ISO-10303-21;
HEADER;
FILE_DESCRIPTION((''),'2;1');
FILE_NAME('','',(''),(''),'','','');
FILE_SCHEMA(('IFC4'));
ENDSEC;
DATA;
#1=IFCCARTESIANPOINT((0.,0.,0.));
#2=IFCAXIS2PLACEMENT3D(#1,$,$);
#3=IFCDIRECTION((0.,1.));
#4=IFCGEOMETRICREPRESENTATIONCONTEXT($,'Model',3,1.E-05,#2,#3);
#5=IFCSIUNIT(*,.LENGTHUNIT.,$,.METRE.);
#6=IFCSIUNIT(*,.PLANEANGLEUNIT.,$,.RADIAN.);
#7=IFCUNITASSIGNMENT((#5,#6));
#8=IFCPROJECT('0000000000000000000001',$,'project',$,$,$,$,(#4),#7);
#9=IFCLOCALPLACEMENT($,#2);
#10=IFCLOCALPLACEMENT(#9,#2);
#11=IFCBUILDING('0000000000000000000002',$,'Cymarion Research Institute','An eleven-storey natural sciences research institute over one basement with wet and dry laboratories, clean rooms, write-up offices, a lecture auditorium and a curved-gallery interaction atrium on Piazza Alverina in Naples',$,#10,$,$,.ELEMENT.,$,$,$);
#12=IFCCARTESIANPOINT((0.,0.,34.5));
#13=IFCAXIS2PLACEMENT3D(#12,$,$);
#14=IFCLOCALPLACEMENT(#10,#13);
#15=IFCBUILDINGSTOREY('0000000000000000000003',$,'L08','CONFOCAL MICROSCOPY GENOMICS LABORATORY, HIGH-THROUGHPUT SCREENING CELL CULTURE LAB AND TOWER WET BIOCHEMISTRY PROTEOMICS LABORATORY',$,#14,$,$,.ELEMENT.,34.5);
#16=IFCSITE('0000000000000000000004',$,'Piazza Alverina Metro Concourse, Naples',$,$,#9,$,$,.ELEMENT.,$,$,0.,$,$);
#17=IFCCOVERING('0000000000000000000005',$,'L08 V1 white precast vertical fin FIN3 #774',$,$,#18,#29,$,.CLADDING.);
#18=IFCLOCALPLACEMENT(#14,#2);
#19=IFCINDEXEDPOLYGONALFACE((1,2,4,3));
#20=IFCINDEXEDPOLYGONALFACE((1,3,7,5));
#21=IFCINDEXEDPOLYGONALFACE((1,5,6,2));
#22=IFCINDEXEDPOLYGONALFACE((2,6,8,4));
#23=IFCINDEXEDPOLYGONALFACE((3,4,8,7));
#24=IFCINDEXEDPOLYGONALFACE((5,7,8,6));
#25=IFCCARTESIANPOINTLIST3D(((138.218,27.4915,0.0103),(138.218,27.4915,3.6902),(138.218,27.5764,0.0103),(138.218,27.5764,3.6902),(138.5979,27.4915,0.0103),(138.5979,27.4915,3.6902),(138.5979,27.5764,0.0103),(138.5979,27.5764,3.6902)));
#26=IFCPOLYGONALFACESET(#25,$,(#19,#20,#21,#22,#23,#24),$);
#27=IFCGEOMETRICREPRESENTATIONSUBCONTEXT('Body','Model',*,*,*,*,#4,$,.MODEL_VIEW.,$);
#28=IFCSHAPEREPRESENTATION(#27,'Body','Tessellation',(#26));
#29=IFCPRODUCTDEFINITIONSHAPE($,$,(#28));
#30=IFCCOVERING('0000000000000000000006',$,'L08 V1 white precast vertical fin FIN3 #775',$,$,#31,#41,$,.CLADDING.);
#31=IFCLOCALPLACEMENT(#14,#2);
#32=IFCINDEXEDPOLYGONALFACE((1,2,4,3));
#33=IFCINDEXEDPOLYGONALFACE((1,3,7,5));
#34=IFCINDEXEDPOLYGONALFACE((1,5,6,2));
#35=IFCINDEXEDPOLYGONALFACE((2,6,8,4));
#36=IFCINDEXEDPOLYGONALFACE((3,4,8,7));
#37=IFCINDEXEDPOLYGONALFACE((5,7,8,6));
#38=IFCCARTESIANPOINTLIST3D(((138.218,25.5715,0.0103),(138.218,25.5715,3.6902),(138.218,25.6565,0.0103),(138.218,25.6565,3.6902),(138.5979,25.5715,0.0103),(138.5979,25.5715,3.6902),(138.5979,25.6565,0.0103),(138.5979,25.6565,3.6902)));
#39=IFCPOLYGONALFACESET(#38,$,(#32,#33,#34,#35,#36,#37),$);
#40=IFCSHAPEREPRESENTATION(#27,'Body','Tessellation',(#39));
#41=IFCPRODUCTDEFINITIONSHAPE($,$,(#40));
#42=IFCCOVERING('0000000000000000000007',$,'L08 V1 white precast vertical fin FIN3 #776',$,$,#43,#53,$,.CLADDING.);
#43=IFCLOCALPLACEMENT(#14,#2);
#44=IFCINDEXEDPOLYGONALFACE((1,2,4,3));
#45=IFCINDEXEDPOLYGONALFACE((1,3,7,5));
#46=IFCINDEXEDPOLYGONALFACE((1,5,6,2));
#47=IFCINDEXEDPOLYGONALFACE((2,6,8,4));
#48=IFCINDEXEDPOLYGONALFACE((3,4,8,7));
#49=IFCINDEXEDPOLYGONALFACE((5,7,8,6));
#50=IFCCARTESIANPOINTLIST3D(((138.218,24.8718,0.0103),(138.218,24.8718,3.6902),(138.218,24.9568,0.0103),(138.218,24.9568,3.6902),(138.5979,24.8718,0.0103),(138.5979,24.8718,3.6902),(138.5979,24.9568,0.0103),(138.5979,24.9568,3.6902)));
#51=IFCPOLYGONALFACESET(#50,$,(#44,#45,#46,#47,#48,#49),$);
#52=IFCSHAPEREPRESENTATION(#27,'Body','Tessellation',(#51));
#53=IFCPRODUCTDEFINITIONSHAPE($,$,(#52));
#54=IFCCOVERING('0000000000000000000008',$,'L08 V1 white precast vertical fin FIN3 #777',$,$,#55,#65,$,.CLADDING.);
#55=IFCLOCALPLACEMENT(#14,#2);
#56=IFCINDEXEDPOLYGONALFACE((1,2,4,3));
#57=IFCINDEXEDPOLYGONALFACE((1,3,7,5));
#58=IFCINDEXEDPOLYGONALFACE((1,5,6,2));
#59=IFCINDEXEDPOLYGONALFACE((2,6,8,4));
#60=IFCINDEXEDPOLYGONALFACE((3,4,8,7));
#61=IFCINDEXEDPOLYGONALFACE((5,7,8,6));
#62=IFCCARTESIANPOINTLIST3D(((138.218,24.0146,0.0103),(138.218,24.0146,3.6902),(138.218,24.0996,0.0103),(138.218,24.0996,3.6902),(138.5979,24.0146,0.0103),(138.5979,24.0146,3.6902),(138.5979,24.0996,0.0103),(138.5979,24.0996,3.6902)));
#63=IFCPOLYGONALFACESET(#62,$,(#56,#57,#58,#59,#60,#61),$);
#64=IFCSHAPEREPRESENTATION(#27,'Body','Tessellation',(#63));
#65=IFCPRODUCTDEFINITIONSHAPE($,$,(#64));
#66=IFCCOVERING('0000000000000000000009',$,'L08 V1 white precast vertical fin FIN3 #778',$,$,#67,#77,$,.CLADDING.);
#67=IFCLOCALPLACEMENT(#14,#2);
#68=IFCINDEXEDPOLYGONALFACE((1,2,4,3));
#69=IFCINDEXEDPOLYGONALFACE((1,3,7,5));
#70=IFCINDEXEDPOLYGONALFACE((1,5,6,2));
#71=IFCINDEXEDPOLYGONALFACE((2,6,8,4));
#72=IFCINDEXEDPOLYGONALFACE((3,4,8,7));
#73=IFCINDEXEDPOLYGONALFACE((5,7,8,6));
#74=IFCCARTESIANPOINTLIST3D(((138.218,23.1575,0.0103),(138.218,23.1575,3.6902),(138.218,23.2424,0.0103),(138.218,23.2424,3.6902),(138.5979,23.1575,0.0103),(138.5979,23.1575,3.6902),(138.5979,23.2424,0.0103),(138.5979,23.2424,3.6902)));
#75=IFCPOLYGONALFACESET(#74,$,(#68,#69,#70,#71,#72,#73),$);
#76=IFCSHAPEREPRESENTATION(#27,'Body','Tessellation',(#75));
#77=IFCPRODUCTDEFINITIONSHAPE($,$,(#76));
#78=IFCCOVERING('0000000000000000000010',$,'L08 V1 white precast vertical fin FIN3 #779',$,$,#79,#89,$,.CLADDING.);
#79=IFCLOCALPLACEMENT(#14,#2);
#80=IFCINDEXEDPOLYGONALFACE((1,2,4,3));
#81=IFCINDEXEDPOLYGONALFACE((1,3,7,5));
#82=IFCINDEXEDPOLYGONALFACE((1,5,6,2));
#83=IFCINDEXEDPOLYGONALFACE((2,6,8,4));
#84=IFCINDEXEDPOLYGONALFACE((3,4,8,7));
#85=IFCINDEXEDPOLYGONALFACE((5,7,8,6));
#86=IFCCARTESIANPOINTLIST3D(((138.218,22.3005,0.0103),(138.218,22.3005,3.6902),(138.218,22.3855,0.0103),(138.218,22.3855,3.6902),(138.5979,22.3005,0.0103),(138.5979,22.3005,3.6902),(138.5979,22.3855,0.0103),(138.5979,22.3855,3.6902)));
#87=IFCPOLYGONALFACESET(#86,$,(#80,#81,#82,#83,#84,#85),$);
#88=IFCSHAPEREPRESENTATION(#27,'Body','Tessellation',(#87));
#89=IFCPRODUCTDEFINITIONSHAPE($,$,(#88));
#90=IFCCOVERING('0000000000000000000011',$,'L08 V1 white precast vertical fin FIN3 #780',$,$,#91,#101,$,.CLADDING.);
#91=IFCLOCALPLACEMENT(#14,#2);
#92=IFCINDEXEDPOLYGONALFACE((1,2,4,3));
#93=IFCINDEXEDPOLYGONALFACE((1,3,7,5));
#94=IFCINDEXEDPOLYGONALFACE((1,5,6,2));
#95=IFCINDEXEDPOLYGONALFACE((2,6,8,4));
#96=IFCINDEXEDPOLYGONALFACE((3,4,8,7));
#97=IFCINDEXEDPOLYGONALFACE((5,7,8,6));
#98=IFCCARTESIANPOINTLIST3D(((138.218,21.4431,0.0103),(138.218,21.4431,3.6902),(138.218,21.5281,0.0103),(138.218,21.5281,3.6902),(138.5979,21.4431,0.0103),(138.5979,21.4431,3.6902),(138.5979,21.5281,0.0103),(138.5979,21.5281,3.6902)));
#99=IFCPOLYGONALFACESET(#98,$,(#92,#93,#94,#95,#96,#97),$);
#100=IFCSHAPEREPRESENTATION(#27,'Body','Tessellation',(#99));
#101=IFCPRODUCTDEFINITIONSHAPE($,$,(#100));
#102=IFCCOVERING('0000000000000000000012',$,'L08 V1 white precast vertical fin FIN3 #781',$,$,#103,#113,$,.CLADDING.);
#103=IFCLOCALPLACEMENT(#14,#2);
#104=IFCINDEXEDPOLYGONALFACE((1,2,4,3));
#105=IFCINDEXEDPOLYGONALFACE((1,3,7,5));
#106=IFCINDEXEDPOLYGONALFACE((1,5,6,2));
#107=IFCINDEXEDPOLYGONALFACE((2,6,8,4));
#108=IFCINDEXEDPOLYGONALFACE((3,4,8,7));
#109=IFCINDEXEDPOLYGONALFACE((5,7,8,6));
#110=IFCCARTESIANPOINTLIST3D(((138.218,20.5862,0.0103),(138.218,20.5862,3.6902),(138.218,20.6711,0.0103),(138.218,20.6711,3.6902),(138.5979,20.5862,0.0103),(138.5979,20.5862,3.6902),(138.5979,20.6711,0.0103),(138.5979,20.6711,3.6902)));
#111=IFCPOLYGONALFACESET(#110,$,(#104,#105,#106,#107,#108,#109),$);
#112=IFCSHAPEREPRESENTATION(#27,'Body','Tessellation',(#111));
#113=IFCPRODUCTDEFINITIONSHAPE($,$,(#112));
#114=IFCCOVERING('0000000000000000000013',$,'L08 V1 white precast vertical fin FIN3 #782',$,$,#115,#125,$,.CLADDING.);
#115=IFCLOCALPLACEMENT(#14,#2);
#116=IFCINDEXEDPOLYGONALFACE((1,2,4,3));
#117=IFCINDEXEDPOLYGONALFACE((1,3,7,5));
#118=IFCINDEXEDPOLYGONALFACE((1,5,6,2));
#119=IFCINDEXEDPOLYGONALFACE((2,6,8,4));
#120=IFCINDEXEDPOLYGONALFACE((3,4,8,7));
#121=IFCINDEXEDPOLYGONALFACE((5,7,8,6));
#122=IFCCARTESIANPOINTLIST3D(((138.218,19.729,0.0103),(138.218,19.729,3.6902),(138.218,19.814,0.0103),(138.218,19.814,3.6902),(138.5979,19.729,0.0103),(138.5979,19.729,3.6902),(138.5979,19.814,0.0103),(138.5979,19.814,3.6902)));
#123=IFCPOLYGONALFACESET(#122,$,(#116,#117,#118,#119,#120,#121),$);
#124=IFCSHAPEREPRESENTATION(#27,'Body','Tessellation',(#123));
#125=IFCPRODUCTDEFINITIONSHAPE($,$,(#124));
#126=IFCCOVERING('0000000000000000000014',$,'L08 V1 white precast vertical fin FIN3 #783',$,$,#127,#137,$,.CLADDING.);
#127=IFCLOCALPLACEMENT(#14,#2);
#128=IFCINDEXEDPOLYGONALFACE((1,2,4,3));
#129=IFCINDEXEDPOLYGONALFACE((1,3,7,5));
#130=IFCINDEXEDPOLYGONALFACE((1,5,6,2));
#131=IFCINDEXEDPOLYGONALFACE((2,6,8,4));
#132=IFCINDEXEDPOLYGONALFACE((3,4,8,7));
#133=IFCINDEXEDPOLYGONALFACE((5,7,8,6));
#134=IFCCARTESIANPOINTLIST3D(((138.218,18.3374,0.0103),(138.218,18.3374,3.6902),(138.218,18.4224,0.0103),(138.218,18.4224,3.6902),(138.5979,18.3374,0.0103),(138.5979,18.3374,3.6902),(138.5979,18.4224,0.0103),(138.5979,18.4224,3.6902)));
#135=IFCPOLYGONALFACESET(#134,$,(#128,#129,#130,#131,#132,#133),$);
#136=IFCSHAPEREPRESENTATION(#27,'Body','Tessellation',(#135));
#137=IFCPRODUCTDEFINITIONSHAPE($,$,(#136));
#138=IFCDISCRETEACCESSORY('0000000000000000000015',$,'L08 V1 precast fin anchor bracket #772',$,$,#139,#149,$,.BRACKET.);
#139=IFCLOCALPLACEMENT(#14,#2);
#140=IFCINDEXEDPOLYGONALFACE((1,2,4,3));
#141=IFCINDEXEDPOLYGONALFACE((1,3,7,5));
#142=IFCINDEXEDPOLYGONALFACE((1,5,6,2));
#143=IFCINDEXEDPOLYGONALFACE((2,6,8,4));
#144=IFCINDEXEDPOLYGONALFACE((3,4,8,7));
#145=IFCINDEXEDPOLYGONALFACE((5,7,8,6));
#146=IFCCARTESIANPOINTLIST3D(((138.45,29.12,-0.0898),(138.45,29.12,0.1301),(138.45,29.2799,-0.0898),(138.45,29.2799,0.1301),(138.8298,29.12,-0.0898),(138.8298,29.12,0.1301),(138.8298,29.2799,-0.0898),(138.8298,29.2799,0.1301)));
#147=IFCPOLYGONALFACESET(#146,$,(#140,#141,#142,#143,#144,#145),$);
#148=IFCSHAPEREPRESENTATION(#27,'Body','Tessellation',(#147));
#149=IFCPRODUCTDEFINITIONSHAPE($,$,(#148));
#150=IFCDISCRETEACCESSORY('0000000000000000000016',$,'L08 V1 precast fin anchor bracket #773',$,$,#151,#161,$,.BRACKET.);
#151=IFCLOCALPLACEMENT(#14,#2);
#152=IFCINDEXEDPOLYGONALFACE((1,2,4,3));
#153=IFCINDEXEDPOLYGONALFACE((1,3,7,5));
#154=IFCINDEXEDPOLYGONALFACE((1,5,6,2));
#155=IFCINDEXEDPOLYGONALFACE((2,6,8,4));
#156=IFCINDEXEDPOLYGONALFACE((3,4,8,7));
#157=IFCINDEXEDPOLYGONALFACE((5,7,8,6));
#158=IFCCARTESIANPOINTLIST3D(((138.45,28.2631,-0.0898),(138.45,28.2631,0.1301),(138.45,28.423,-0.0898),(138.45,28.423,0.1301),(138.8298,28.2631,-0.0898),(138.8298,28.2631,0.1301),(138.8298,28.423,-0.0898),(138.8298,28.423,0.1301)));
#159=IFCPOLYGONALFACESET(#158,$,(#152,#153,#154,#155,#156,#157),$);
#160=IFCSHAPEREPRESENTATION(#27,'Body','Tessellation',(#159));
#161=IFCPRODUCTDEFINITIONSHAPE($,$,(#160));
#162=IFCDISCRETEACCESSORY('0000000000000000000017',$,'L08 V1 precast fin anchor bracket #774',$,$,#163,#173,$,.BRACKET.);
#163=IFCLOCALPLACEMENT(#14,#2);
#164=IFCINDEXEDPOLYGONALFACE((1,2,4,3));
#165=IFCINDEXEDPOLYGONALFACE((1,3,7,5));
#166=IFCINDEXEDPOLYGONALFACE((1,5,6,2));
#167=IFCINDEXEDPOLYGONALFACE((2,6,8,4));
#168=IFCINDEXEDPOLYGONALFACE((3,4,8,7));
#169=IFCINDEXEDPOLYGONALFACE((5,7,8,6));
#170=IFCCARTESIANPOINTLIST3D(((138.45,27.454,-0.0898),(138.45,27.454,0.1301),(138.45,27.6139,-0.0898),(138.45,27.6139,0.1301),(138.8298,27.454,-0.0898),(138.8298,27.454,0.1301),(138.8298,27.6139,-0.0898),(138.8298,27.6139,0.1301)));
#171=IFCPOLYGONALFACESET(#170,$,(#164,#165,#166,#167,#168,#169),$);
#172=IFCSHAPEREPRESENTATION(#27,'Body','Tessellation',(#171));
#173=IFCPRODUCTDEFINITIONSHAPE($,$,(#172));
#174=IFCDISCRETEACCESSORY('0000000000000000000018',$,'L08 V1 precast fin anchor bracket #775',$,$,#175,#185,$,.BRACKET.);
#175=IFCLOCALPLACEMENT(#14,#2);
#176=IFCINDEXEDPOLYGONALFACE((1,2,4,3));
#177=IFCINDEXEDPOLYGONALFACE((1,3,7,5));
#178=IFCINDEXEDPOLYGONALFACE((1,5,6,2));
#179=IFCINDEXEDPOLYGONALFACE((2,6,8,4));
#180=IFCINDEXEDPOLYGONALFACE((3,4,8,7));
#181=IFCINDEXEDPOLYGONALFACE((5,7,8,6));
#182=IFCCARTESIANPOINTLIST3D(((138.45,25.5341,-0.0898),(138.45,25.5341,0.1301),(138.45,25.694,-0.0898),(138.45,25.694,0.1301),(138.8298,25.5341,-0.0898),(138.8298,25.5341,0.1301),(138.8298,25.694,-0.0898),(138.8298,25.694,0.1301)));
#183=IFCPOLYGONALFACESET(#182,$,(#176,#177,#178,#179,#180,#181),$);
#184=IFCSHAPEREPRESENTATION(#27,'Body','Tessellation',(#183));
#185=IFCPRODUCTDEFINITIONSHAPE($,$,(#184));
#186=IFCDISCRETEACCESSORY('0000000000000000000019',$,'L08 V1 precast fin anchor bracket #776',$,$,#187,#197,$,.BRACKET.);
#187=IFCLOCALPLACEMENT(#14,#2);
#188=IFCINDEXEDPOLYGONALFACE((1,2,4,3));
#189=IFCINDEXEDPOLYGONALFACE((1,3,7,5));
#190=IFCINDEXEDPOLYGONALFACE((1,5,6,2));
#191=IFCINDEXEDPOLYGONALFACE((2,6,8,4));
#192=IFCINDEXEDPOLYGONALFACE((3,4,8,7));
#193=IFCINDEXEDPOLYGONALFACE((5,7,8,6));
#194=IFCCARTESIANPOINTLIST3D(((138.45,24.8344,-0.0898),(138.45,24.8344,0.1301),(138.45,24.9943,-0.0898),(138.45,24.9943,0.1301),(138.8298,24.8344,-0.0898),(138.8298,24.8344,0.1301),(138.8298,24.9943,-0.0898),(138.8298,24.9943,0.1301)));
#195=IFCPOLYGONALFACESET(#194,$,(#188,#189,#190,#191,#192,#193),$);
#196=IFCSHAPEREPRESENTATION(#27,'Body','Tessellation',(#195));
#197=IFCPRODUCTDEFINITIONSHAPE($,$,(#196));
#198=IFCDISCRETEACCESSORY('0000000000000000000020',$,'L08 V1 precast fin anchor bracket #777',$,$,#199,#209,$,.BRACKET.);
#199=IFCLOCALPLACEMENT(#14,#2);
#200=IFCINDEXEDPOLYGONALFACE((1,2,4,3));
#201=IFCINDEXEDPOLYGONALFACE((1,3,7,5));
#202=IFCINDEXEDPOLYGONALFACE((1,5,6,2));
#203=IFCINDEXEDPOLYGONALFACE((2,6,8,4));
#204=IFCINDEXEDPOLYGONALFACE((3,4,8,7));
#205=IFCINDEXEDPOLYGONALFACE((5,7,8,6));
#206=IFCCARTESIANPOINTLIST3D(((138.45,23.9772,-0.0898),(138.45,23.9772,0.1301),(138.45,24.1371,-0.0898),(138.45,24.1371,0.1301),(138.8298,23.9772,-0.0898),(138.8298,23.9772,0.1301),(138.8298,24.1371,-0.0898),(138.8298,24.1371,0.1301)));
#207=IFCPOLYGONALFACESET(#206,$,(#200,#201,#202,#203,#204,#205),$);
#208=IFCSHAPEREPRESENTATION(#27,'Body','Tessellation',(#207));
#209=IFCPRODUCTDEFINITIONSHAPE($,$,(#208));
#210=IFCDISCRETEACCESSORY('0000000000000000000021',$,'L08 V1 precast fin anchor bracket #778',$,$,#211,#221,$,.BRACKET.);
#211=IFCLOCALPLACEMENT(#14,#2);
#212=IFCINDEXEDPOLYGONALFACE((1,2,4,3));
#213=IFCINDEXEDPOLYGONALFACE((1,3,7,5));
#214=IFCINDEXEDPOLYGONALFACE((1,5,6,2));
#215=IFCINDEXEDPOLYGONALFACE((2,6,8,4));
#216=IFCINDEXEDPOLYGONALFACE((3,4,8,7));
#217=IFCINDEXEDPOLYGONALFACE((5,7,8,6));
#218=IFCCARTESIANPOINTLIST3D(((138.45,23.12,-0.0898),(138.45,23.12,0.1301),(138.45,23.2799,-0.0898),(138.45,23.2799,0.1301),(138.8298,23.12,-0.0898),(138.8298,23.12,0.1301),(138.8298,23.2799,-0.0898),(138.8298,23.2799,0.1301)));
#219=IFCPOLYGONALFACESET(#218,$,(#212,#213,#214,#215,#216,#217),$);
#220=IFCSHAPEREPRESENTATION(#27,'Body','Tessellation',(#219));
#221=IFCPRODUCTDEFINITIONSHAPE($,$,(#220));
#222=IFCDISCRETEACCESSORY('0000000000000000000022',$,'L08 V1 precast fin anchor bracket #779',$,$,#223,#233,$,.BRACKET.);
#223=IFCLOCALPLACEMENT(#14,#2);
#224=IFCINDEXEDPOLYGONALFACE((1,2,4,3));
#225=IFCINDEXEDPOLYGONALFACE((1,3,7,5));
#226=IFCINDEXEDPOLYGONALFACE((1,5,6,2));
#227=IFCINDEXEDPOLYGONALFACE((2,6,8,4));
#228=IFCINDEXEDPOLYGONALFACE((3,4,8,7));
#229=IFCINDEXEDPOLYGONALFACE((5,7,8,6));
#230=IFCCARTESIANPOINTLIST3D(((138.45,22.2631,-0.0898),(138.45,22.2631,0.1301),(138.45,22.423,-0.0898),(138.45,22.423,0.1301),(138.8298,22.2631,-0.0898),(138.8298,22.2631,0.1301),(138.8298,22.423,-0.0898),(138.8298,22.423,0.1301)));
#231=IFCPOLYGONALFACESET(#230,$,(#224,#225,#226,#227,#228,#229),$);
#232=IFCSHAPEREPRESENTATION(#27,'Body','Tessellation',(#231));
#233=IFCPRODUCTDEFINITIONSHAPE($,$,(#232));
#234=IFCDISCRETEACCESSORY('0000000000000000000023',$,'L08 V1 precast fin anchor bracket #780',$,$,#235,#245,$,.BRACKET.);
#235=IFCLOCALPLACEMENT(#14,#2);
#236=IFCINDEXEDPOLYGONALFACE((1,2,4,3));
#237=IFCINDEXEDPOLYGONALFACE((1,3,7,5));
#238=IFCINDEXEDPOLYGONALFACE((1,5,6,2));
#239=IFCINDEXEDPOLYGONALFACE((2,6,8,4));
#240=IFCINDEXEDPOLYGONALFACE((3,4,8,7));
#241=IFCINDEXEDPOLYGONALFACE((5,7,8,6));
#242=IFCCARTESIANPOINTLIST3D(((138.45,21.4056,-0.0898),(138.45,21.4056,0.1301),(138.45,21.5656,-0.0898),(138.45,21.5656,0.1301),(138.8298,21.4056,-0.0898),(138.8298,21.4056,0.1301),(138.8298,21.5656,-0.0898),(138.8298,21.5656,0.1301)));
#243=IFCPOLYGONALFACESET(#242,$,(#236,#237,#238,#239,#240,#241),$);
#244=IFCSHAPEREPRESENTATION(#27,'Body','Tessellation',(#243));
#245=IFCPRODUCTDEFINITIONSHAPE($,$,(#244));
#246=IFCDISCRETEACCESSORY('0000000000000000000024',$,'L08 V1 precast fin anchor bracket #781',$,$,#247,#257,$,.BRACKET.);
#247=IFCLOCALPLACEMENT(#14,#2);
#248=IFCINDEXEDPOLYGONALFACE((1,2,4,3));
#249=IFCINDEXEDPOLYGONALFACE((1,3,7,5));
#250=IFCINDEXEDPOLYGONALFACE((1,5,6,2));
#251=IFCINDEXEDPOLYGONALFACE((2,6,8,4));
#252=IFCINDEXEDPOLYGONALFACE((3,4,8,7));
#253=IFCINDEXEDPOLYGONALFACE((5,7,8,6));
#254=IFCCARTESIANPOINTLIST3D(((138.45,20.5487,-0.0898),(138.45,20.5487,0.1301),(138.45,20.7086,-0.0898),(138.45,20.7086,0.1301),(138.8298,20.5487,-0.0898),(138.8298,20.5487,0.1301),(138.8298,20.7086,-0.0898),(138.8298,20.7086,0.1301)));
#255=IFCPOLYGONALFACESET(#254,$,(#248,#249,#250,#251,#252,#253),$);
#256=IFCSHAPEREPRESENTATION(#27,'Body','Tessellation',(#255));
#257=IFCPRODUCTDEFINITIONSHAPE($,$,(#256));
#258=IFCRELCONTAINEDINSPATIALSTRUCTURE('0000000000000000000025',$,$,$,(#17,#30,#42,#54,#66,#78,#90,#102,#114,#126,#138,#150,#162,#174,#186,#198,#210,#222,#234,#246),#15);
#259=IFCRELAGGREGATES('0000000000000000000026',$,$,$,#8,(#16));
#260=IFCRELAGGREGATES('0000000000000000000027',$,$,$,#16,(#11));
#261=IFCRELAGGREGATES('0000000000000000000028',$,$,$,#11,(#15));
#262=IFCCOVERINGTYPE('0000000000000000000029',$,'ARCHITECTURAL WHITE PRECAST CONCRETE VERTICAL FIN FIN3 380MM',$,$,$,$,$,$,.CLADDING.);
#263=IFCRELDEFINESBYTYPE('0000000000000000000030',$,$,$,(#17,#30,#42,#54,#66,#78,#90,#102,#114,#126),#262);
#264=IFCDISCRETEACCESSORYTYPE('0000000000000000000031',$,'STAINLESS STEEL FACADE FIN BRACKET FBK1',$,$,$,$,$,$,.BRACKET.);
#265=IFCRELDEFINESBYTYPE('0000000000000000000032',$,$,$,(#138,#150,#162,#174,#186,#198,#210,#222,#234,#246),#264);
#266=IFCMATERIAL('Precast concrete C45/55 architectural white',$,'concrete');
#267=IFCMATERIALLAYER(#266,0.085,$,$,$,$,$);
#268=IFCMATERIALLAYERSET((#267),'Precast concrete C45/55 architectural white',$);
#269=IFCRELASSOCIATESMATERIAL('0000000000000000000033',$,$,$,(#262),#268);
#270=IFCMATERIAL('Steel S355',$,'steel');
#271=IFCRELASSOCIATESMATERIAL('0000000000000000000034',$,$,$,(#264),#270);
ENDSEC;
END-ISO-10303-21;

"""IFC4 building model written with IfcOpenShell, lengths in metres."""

from ifc_helpers import new_model, si_unit, direction, frame, origin, origin_2d, place, context, subcontext, project, spatial, rectangle, extrude, material, layer, layer_set, type_object, element, save


model = new_model("IFC4")

# Units and contexts
model_context = context("Model", 3, precision=1e-05, world=origin(), true_north=direction((0.0, 1.0)))
body_context = subcontext(model_context, "Body", "Model", "MODEL_VIEW")
ifc_project = project(units=[si_unit("LENGTHUNIT", "METRE"), si_unit("PLANEANGLEUNIT", "RADIAN")], contexts=[model_context])

# Site, building, storey
site_placement = place(None, origin())
site = spatial("IfcSite", under=ifc_project, at=site_placement, Name="Piazza Alverina Metro Concourse, Naples", CompositionType="ELEMENT", RefElevation=0.0)
building_placement = place(site_placement, origin())
building = spatial("IfcBuilding", under=site, at=building_placement, Name="Cymarion Research Institute", Description="An eleven-storey natural sciences research institute over one basement with wet and dry laboratories, clean rooms, write-up offices, a lecture auditorium and a curved-gallery interaction atrium on Piazza Alverina in Naples", CompositionType="ELEMENT")
storey_placement = place(building_placement, frame((0.0, 0.0, 34.5)))
storey = spatial("IfcBuildingStorey", under=building, at=storey_placement, Name="L08", Description="CONFOCAL MICROSCOPY GENOMICS LABORATORY, HIGH-THROUGHPUT SCREENING CELL CULTURE LAB AND TOWER WET BIOCHEMISTRY PROTEOMICS LABORATORY", CompositionType="ELEMENT", Elevation=34.5)

# Shared definitions
ifc_material_1 = material(Name="Steel S355", Category="steel")

# Coverings
ifc_material_2 = material(Name="Precast concrete C45/55 architectural white", Category="concrete")
ifc_layer = layer(ifc_material_2, 0.085)
ifc_layer_set = layer_set([ifc_layer], Name="Precast concrete C45/55 architectural white")
covering_type = type_object("IfcCoveringType", Name="ARCHITECTURAL WHITE PRECAST CONCRETE VERTICAL FIN FIN3 380MM", PredefinedType="CLADDING", material=ifc_layer_set)
for number, where, z_axis, x_axis, name in (
    (1, (138.408, 27.5339, 0.0103), (0.0, 0.0, 1.0), (-1.0, 0.0, 0.0), "L08 V1 white precast vertical fin FIN3 #774"),
    (2, (138.408, 25.614, 0.0103), (0.0, 0.0, 1.0), (-1.0, 0.0, 0.0), "L08 V1 white precast vertical fin FIN3 #775"),
    (3, (138.408, 24.9143, 0.0103), (0.0, 0.0, 1.0), (-1.0, 0.0, 0.0), "L08 V1 white precast vertical fin FIN3 #776"),
    (4, (138.408, 24.0571, 0.0103), (0.0, 0.0, 1.0), (-1.0, 0.0, 0.0), "L08 V1 white precast vertical fin FIN3 #777"),
    (5, (138.408, 23.2, 0.0103), (0.0, 0.0, 1.0), (-1.0, 0.0, 0.0), "L08 V1 white precast vertical fin FIN3 #778"),
    (6, (138.408, 22.343, 0.0103), (0.0, 0.0, 1.0), (-1.0, 0.0, 0.0), "L08 V1 white precast vertical fin FIN3 #779"),
    (7, (138.408, 21.4856, 0.0103), (0.0, 0.0, 1.0), (-1.0, 0.0, 0.0), "L08 V1 white precast vertical fin FIN3 #780"),
    (8, (138.408, 20.6287, 0.0103), (0.0, 0.0, 1.0), (-1.0, 0.0, 0.0), "L08 V1 white precast vertical fin FIN3 #781"),
    (9, (138.408, 19.7715, 0.0103), (0.0, 0.0, 1.0), (-1.0, 0.0, 0.0), "L08 V1 white precast vertical fin FIN3 #782"),
    (10, (138.408, 18.3799, 0.0103), (0.0, 0.0, 1.0), (-1.0, 0.0, 0.0), "L08 V1 white precast vertical fin FIN3 #783"),
):
    element("IfcCovering", number, at=place(storey_placement, frame(where, z_axis=z_axis, x_axis=x_axis)), inside=storey, type_object=covering_type, Name=name, PredefinedType="CLADDING", context=body_context, shape_type="SweptSolid", body=[
        extrude(rectangle(XDim=0.3799, YDim=0.085, at=origin_2d()), origin(), (0.0, 0.0, 1.0), 3.6799),
    ])

# Discrete accessories
discrete_accessory_type = type_object("IfcDiscreteAccessoryType", Name="STAINLESS STEEL FACADE FIN BRACKET FBK1", PredefinedType="BRACKET", material=ifc_material_1)
for number, where, z_axis, x_axis, name in (
    (11, (138.6399, 29.2, -0.0898), (0.0, 0.0, 1.0), (-1.0, 0.0, 0.0), "L08 V1 precast fin anchor bracket #772"),
    (12, (138.6399, 28.343, -0.0898), (0.0, 0.0, 1.0), (-1.0, 0.0, 0.0), "L08 V1 precast fin anchor bracket #773"),
    (13, (138.6399, 27.5339, -0.0898), (0.0, 0.0, 1.0), (-1.0, 0.0, 0.0), "L08 V1 precast fin anchor bracket #774"),
    (14, (138.6399, 25.614, -0.0898), (0.0, 0.0, 1.0), (-1.0, 0.0, 0.0), "L08 V1 precast fin anchor bracket #775"),
    (15, (138.6399, 24.9143, -0.0898), (0.0, 0.0, 1.0), (-1.0, 0.0, 0.0), "L08 V1 precast fin anchor bracket #776"),
    (16, (138.6399, 24.0571, -0.0898), (0.0, 0.0, 1.0), (-1.0, 0.0, 0.0), "L08 V1 precast fin anchor bracket #777"),
    (17, (138.6399, 23.2, -0.0898), (0.0, 0.0, 1.0), (-1.0, 0.0, 0.0), "L08 V1 precast fin anchor bracket #778"),
    (18, (138.6399, 22.343, -0.0898), (0.0, 0.0, 1.0), (-1.0, 0.0, 0.0), "L08 V1 precast fin anchor bracket #779"),
    (19, (138.6399, 21.4856, -0.0898), (0.0, 0.0, 1.0), (-1.0, 0.0, 0.0), "L08 V1 precast fin anchor bracket #780"),
    (20, (138.6399, 20.6287, -0.0898), (0.0, 0.0, 1.0), (-1.0, 0.0, 0.0), "L08 V1 precast fin anchor bracket #781"),
):
    element("IfcDiscreteAccessory", number, at=place(storey_placement, frame(where, z_axis=z_axis, x_axis=x_axis)), inside=storey, type_object=discrete_accessory_type, Name=name, PredefinedType="BRACKET", context=body_context, shape_type="SweptSolid", body=[
        extrude(rectangle(XDim=0.3799, YDim=0.1599, at=origin_2d()), origin(), (0.0, 0.0, 1.0), 0.22),
    ])

save(model, "model.ifc")
